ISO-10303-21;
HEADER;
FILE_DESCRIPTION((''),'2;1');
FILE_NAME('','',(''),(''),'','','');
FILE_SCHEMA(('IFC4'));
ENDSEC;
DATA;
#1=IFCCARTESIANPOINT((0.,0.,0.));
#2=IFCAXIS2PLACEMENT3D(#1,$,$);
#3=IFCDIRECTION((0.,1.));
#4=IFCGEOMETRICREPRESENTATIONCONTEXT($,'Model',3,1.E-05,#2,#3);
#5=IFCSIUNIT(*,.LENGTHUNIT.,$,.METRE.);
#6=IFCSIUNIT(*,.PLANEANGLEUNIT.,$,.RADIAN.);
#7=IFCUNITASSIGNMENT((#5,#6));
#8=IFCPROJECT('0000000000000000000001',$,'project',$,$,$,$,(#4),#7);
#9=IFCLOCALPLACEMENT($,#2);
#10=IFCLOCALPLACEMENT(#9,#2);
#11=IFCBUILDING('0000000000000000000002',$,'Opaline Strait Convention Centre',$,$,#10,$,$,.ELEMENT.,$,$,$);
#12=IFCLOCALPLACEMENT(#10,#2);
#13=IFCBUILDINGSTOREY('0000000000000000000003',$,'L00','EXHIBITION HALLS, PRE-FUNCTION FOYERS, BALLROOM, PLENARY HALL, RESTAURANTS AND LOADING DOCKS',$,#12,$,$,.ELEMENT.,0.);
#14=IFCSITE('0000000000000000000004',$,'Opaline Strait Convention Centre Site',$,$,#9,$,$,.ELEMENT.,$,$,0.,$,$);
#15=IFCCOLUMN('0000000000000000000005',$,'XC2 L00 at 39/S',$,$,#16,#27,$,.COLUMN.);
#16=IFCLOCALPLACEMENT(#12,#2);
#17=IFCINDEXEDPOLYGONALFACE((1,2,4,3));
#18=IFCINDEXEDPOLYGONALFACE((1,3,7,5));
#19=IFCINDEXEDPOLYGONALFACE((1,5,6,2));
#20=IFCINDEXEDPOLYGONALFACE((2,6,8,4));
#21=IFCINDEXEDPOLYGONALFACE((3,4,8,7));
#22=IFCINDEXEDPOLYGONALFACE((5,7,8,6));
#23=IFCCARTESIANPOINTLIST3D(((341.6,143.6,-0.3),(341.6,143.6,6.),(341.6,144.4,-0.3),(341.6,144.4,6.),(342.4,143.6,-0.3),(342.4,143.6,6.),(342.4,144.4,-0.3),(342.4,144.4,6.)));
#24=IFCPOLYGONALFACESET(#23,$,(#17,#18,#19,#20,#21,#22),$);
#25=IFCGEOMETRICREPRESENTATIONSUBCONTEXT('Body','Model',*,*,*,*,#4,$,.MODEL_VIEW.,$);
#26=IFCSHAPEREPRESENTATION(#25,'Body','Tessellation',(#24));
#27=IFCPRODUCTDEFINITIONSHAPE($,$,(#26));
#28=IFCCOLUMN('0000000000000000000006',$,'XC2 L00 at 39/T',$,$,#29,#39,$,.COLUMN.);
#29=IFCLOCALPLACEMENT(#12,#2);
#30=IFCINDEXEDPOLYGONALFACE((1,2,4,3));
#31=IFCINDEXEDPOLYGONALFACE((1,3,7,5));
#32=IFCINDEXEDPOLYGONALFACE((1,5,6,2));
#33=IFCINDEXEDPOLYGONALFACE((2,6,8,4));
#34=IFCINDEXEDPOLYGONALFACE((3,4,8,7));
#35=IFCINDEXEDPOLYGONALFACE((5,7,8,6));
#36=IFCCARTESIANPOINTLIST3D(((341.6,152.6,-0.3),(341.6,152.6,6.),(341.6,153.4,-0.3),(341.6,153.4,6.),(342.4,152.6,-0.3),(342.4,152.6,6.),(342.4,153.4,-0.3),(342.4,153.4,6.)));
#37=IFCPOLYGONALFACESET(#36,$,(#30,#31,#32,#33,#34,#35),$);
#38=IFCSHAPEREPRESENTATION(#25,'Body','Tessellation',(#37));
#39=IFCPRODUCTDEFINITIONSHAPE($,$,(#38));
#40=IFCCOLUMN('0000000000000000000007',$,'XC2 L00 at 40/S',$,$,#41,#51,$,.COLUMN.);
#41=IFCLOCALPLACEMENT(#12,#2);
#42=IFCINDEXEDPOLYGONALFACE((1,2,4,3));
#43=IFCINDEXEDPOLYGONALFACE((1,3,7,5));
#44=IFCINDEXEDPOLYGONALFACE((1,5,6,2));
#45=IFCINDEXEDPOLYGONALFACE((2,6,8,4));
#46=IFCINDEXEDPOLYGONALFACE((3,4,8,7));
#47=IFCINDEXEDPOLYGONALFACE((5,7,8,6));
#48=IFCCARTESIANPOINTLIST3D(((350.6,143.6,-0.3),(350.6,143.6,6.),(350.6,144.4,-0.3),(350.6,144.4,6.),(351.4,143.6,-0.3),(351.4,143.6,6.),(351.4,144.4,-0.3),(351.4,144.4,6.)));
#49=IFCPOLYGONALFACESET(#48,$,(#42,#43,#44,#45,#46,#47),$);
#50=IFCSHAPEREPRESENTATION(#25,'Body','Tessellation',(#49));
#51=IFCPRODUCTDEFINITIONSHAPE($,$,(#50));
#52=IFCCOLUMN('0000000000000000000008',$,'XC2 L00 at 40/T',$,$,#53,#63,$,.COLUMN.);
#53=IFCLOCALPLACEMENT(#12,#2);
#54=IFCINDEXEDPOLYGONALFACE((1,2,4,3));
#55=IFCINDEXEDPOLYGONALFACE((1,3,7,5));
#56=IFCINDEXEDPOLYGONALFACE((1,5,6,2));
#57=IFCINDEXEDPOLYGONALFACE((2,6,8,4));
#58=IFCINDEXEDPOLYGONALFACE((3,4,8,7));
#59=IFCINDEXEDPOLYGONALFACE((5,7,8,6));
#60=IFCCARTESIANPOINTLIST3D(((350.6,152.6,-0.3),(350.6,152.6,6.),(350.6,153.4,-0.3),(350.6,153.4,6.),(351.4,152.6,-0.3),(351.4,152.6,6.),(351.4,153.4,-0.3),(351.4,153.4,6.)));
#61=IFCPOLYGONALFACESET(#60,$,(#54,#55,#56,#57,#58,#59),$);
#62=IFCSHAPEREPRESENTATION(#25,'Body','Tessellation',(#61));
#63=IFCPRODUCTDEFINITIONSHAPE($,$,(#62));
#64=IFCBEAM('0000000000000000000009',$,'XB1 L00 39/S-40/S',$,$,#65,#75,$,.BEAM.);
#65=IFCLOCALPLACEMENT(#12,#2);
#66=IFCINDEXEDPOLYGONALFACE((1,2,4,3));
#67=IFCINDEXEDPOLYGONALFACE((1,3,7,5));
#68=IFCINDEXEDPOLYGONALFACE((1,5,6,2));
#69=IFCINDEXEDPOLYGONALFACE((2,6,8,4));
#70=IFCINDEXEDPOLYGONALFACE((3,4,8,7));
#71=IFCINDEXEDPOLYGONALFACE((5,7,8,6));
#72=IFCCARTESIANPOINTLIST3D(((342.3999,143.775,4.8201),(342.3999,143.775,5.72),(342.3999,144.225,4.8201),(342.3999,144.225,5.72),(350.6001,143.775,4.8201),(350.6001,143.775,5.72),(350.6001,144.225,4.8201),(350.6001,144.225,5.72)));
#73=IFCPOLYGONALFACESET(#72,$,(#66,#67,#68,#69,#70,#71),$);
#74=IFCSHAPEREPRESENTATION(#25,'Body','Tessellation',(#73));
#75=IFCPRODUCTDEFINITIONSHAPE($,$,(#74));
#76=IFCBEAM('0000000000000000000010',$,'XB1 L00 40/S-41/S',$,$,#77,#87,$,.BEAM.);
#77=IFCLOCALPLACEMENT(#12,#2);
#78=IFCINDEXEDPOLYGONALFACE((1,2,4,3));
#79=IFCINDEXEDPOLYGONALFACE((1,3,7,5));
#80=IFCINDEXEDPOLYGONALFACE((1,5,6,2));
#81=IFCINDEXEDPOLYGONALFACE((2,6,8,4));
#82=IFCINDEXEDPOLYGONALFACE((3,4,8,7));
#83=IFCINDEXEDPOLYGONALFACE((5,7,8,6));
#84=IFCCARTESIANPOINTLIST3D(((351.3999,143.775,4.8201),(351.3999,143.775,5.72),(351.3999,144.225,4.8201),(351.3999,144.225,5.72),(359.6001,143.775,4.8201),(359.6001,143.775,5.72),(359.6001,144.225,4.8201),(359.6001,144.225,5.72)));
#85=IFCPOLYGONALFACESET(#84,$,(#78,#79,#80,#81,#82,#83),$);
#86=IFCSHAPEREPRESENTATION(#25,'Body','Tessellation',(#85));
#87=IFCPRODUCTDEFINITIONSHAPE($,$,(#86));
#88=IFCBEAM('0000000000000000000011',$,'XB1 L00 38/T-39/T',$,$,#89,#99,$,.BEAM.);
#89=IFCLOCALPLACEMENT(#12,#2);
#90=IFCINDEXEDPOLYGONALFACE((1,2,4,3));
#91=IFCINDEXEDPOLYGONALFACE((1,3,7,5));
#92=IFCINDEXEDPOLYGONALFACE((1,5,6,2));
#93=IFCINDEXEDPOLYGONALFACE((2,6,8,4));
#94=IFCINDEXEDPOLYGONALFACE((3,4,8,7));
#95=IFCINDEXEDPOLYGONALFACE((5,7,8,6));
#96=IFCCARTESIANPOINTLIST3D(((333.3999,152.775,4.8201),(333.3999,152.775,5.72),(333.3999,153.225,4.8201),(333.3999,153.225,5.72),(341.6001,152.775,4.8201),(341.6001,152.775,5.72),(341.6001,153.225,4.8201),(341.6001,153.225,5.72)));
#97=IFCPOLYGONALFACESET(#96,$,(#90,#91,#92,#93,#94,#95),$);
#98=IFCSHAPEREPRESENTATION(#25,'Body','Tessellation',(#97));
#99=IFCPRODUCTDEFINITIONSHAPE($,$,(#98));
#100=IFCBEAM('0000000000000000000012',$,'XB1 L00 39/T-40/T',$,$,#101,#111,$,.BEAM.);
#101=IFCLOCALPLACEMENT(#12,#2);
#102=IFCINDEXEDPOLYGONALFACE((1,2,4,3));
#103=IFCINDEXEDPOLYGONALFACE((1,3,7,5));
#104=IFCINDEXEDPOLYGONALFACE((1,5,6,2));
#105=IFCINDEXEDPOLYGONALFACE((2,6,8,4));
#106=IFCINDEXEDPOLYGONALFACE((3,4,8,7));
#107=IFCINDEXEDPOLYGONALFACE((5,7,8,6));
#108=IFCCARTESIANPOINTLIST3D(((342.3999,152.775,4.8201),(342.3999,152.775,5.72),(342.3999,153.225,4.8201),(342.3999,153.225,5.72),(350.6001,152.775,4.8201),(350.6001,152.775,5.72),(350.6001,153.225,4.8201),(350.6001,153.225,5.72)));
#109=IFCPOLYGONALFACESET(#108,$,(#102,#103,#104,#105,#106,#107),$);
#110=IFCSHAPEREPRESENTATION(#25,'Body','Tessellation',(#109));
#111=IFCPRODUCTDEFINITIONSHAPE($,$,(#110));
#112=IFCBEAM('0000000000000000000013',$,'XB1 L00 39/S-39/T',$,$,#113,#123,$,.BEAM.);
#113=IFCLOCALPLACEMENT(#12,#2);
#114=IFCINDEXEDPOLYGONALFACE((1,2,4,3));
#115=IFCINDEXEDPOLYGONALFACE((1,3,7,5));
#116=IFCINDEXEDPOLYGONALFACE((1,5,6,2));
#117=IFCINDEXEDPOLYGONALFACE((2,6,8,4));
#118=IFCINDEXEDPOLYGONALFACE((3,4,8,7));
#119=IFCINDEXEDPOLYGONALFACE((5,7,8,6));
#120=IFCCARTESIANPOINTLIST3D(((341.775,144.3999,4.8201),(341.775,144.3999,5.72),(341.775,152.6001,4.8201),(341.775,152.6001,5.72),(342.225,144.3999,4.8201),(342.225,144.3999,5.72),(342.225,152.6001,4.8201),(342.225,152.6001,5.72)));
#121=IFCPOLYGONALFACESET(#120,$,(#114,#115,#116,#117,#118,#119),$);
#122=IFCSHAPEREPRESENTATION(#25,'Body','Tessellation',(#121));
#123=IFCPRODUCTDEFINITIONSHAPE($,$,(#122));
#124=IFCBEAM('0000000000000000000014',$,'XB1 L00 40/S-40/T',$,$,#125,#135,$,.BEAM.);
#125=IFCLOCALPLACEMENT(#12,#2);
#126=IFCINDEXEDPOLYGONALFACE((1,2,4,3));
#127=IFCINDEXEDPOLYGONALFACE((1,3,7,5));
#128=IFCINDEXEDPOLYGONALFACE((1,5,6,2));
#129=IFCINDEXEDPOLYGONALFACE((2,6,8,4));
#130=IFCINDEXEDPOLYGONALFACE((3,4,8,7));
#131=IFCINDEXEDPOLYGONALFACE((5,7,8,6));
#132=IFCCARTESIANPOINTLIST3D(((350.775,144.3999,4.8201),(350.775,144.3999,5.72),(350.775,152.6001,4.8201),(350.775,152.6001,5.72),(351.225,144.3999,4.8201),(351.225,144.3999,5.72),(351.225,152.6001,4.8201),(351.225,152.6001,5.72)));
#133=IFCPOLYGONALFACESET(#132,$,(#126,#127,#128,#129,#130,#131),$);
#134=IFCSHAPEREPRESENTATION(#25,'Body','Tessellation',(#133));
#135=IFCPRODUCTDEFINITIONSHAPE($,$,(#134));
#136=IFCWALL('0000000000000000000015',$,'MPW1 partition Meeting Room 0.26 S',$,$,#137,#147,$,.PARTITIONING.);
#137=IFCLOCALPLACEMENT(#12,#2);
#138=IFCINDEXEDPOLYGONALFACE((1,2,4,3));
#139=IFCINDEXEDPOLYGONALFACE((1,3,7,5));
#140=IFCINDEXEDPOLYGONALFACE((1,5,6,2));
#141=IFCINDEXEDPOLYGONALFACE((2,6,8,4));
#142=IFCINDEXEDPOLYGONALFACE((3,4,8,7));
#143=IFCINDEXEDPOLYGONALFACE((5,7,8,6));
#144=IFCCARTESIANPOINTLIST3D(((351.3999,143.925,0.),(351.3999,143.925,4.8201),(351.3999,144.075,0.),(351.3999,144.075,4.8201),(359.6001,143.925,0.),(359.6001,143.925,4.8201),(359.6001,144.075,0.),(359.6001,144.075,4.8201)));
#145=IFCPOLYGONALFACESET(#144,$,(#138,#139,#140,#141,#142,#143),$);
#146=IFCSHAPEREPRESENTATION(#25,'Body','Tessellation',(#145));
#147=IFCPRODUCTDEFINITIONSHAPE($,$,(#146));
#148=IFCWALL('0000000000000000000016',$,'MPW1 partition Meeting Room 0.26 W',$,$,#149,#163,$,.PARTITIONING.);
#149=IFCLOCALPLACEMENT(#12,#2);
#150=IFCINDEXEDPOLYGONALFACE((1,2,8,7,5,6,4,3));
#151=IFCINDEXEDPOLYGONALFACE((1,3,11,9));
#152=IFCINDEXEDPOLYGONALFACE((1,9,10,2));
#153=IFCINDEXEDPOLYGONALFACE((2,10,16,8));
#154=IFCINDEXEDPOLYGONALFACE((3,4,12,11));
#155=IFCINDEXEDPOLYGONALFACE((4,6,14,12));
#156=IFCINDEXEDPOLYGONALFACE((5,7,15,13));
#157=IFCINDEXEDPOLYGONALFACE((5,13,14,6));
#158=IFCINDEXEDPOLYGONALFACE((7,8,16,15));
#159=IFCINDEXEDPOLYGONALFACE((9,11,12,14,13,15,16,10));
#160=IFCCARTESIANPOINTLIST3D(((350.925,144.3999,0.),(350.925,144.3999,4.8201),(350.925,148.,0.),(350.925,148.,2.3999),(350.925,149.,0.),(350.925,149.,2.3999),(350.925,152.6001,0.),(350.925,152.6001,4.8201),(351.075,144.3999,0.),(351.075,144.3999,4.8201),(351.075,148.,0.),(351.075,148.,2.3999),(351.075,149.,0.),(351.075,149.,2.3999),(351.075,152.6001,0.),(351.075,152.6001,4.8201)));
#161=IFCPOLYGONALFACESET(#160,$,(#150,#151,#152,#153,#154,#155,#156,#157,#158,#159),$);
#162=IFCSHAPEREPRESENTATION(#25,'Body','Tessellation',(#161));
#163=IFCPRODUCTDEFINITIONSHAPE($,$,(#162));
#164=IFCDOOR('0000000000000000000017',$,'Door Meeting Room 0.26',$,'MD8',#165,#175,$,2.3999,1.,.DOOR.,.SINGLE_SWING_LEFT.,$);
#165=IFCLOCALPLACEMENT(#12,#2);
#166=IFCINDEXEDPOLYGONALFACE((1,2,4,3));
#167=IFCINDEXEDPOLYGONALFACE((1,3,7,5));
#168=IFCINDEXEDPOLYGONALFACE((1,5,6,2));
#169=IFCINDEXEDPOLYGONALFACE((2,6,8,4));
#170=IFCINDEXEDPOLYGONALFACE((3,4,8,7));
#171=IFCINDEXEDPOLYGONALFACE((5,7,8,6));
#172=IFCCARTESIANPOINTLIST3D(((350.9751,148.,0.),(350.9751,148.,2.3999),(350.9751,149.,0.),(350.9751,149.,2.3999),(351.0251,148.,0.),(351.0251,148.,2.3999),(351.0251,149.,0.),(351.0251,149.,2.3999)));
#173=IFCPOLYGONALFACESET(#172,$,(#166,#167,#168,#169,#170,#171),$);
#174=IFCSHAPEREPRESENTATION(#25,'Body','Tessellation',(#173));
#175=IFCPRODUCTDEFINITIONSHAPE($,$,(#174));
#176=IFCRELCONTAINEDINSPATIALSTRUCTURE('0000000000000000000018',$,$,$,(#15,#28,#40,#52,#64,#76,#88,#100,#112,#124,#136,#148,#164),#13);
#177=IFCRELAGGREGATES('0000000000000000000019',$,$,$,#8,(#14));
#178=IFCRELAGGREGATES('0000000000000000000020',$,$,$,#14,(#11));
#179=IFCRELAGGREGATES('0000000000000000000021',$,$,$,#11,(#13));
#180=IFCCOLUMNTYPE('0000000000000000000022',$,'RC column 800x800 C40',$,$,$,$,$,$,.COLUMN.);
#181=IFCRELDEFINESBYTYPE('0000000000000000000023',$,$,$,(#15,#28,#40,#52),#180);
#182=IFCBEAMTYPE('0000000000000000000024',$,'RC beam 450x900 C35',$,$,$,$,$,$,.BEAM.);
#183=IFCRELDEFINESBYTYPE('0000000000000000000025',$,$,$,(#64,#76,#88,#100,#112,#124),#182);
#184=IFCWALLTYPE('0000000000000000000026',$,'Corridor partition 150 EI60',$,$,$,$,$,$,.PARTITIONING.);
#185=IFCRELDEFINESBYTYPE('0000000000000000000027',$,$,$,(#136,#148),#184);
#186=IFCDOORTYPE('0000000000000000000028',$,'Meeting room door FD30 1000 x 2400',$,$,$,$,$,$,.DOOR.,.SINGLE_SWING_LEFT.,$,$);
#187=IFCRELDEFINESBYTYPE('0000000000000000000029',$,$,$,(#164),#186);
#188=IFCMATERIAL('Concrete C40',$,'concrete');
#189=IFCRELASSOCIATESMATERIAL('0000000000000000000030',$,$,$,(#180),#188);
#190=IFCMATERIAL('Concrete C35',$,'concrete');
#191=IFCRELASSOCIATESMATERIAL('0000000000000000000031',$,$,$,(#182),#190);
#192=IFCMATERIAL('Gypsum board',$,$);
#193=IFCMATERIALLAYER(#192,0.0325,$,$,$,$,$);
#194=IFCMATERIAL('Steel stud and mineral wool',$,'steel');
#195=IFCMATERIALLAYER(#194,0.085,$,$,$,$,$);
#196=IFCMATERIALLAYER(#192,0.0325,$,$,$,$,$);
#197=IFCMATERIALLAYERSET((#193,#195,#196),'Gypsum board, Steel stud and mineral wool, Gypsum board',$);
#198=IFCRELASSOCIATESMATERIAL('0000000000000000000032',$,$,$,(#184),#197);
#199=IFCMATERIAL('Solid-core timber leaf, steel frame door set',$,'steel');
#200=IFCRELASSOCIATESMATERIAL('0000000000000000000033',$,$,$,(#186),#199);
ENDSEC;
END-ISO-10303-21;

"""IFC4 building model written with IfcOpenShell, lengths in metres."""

from ifc_helpers import new_model, si_unit, direction, frame, frame_2d, origin, origin_2d, place, context, subcontext, project, spatial, rectangle, extrude, material, layer, layer_set, material_profile, profile_set, type_object, element, fill, save


model = new_model("IFC4")

# Units and contexts
model_context = context("Model", 3, precision=1e-05, world=origin(), true_north=direction((0.0, 1.0)))
body_context = subcontext(model_context, "Body", "Model", "MODEL_VIEW")
ifc_project = project(units=[si_unit("LENGTHUNIT", "METRE"), si_unit("PLANEANGLEUNIT", "RADIAN")], contexts=[model_context])

# Site, building, storey
site_placement = place(None, origin())
site = spatial("IfcSite", under=ifc_project, at=site_placement, Name="Opaline Strait Convention Centre Site", CompositionType="ELEMENT", RefElevation=0.0)
building_placement = place(site_placement, origin())
building = spatial("IfcBuilding", under=site, at=building_placement, Name="Opaline Strait Convention Centre", CompositionType="ELEMENT")
storey_placement = place(building_placement, origin())
storey = spatial("IfcBuildingStorey", under=building, at=storey_placement, Name="L00", Description="EXHIBITION HALLS, PRE-FUNCTION FOYERS, BALLROOM, PLENARY HALL, RESTAURANTS AND LOADING DOCKS", CompositionType="ELEMENT", Elevation=0.0)

# Shared definitions
ifc_material_1 = material(Name="Concrete C35", Category="concrete")

# Columns
ifc_material_2 = material(Name="Concrete C40", Category="concrete")
ifc_material_profile_1 = material_profile(ifc_material_2, rectangle(XDim=0.8, YDim=0.8, at=origin_2d()), Name="RC 800x800")
ifc_profile_set_1 = profile_set([ifc_material_profile_1], Name="Concrete C40")
column_type = type_object("IfcColumnType", Name="RC column 800x800 C40", PredefinedType="COLUMN", material=ifc_profile_set_1)
for number, where, z_axis, x_axis, name in (
    (1, (342.0, 144.0, -0.3), (0.0, 0.0, 1.0), (1.0, 0.0, 0.0), "XC2 L00 at 39/S"),
    (2, (342.0, 153.0, -0.3), (0.0, 0.0, 1.0), (1.0, 0.0, 0.0), "XC2 L00 at 39/T"),
    (3, (351.0, 144.0, -0.3), (0.0, 0.0, 1.0), (1.0, 0.0, 0.0), "XC2 L00 at 40/S"),
    (4, (351.0, 153.0, -0.3), (0.0, 0.0, 1.0), (1.0, 0.0, 0.0), "XC2 L00 at 40/T"),
):
    element("IfcColumn", number, at=place(storey_placement, frame(where, z_axis=z_axis, x_axis=x_axis)), inside=storey, type_object=column_type, Name=name, PredefinedType="COLUMN", context=body_context, shape_type="SweptSolid", body=[
        extrude(rectangle(XDim=0.8, YDim=0.8, at=origin_2d()), origin(), (0.0, 0.0, 1.0), 6.3),
    ])

# Beams
ifc_material_profile_2 = material_profile(ifc_material_1, rectangle(XDim=0.45, YDim=0.8999, at=origin_2d()), Name="RC 450x900")
ifc_profile_set_2 = profile_set([ifc_material_profile_2], Name="Concrete C35")
beam_type = type_object("IfcBeamType", Name="RC beam 450x900 C35", PredefinedType="BEAM", material=ifc_profile_set_2)
for number, where, z_axis, x_axis, name in (
    (5, (342.3999, 144.0, 5.27), (1.0, 0.0, 0.0), (0.0, 1.0, 0.0), "XB1 L00 39/S-40/S"),
    (6, (351.3999, 144.0, 5.27), (1.0, 0.0, 0.0), (0.0, 1.0, 0.0), "XB1 L00 40/S-41/S"),
    (7, (333.3999, 153.0, 5.27), (1.0, 0.0, 0.0), (0.0, 1.0, 0.0), "XB1 L00 38/T-39/T"),
    (8, (342.3999, 153.0, 5.27), (1.0, 0.0, 0.0), (0.0, 1.0, 0.0), "XB1 L00 39/T-40/T"),
    (9, (342.0, 144.3999, 5.27), (0.0, 1.0, 0.0), (-1.0, 0.0, 0.0), "XB1 L00 39/S-39/T"),
    (10, (351.0, 144.3999, 5.27), (0.0, 1.0, 0.0), (-1.0, 0.0, 0.0), "XB1 L00 40/S-40/T"),
):
    element("IfcBeam", number, at=place(storey_placement, frame(where, z_axis=z_axis, x_axis=x_axis)), inside=storey, type_object=beam_type, Name=name, PredefinedType="BEAM", context=body_context, shape_type="SweptSolid", body=[
        extrude(rectangle(XDim=0.45, YDim=0.8999, at=origin_2d()), origin(), (0.0, 0.0, 1.0), 8.2002),
    ])

# Wall
ifc_material_3 = material(Name="Gypsum board")
ifc_layer_1 = layer(ifc_material_3, 0.0325)
ifc_material_4 = material(Name="Steel stud and mineral wool", Category="steel")
ifc_layer_2 = layer(ifc_material_4, 0.085)
ifc_layer_3 = layer(ifc_material_3, 0.0325)
ifc_layer_set = layer_set([ifc_layer_1, ifc_layer_2, ifc_layer_3], Name="Gypsum board, Steel stud and mineral wool, Gypsum board")
wall_type = type_object("IfcWallType", Name="Corridor partition 150 EI60", PredefinedType="PARTITIONING", material=ifc_layer_set)
wall_1_placement = place(storey_placement, frame((351.3999, 144.0, 0.0), z_axis=(0.0, 0.0, 1.0), x_axis=(1.0, 0.0, 0.0)))
element("IfcWall", 11, at=wall_1_placement, inside=storey, type_object=wall_type, Name="MPW1 partition Meeting Room 0.26 S", PredefinedType="PARTITIONING", context=body_context, shape_type="SweptSolid", body=[
    extrude(rectangle(XDim=8.2002, YDim=0.1499, at=frame_2d((4.1001, 0.0))), origin(), (0.0, 0.0, 1.0), 4.8201),
])

# Wall, opening, door
wall_2_placement = place(storey_placement, frame((351.0, 144.3999, 0.0), z_axis=(0.0, 0.0, 1.0), x_axis=(0.0, 1.0, 0.0)))
wall_2 = element("IfcWall", 12, at=wall_2_placement, inside=storey, type_object=wall_type, Name="MPW1 partition Meeting Room 0.26 W", PredefinedType="PARTITIONING", context=body_context, shape_type="SweptSolid", body=[
    extrude(rectangle(XDim=8.2002, YDim=0.1499, at=frame_2d((4.1001, 0.0))), origin(), (0.0, 0.0, 1.0), 4.8201),
])
opening_placement = place(wall_2_placement, frame((3.6001, 0.0, 0.0)))
opening = element("IfcOpeningElement", 13, at=opening_placement, cuts=wall_2, PredefinedType="OPENING", context=body_context, shape_type="SweptSolid", body=[
    extrude(rectangle(XDim=1.0, YDim=2.3999, at=frame_2d((0.5, 1.2))), frame((0.0, 0.085, 0.0), z_axis=(0.0, -1.0, 0.0), x_axis=(1.0, 0.0, 0.0)), (0.0, 0.0, 1.0), 0.1699),
])
ifc_material_5 = material(Name="Solid-core timber leaf, steel frame door set", Category="steel")
door_type = type_object("IfcDoorType", Name="Meeting room door FD30 1000 x 2400", OperationType="SINGLE_SWING_LEFT", PredefinedType="DOOR", material=ifc_material_5)
door_placement = place(opening_placement, origin())
door = element("IfcDoor", 14, at=door_placement, inside=storey, type_object=door_type, Name="Door Meeting Room 0.26", ObjectType="MD8", OperationType="SINGLE_SWING_LEFT", OverallHeight=2.3999, OverallWidth=1.0, PredefinedType="DOOR", context=body_context, shape_type="SweptSolid", body=[
    extrude(rectangle(XDim=1.0, YDim=2.3999, at=frame_2d((0.5, 1.2))), frame((0.0, 0.0249, 0.0), z_axis=(0.0, -1.0, 0.0), x_axis=(1.0, 0.0, 0.0)), (0.0, 0.0, 1.0), 0.05),
])
fill(opening, door)

save(model, "model.ifc")
